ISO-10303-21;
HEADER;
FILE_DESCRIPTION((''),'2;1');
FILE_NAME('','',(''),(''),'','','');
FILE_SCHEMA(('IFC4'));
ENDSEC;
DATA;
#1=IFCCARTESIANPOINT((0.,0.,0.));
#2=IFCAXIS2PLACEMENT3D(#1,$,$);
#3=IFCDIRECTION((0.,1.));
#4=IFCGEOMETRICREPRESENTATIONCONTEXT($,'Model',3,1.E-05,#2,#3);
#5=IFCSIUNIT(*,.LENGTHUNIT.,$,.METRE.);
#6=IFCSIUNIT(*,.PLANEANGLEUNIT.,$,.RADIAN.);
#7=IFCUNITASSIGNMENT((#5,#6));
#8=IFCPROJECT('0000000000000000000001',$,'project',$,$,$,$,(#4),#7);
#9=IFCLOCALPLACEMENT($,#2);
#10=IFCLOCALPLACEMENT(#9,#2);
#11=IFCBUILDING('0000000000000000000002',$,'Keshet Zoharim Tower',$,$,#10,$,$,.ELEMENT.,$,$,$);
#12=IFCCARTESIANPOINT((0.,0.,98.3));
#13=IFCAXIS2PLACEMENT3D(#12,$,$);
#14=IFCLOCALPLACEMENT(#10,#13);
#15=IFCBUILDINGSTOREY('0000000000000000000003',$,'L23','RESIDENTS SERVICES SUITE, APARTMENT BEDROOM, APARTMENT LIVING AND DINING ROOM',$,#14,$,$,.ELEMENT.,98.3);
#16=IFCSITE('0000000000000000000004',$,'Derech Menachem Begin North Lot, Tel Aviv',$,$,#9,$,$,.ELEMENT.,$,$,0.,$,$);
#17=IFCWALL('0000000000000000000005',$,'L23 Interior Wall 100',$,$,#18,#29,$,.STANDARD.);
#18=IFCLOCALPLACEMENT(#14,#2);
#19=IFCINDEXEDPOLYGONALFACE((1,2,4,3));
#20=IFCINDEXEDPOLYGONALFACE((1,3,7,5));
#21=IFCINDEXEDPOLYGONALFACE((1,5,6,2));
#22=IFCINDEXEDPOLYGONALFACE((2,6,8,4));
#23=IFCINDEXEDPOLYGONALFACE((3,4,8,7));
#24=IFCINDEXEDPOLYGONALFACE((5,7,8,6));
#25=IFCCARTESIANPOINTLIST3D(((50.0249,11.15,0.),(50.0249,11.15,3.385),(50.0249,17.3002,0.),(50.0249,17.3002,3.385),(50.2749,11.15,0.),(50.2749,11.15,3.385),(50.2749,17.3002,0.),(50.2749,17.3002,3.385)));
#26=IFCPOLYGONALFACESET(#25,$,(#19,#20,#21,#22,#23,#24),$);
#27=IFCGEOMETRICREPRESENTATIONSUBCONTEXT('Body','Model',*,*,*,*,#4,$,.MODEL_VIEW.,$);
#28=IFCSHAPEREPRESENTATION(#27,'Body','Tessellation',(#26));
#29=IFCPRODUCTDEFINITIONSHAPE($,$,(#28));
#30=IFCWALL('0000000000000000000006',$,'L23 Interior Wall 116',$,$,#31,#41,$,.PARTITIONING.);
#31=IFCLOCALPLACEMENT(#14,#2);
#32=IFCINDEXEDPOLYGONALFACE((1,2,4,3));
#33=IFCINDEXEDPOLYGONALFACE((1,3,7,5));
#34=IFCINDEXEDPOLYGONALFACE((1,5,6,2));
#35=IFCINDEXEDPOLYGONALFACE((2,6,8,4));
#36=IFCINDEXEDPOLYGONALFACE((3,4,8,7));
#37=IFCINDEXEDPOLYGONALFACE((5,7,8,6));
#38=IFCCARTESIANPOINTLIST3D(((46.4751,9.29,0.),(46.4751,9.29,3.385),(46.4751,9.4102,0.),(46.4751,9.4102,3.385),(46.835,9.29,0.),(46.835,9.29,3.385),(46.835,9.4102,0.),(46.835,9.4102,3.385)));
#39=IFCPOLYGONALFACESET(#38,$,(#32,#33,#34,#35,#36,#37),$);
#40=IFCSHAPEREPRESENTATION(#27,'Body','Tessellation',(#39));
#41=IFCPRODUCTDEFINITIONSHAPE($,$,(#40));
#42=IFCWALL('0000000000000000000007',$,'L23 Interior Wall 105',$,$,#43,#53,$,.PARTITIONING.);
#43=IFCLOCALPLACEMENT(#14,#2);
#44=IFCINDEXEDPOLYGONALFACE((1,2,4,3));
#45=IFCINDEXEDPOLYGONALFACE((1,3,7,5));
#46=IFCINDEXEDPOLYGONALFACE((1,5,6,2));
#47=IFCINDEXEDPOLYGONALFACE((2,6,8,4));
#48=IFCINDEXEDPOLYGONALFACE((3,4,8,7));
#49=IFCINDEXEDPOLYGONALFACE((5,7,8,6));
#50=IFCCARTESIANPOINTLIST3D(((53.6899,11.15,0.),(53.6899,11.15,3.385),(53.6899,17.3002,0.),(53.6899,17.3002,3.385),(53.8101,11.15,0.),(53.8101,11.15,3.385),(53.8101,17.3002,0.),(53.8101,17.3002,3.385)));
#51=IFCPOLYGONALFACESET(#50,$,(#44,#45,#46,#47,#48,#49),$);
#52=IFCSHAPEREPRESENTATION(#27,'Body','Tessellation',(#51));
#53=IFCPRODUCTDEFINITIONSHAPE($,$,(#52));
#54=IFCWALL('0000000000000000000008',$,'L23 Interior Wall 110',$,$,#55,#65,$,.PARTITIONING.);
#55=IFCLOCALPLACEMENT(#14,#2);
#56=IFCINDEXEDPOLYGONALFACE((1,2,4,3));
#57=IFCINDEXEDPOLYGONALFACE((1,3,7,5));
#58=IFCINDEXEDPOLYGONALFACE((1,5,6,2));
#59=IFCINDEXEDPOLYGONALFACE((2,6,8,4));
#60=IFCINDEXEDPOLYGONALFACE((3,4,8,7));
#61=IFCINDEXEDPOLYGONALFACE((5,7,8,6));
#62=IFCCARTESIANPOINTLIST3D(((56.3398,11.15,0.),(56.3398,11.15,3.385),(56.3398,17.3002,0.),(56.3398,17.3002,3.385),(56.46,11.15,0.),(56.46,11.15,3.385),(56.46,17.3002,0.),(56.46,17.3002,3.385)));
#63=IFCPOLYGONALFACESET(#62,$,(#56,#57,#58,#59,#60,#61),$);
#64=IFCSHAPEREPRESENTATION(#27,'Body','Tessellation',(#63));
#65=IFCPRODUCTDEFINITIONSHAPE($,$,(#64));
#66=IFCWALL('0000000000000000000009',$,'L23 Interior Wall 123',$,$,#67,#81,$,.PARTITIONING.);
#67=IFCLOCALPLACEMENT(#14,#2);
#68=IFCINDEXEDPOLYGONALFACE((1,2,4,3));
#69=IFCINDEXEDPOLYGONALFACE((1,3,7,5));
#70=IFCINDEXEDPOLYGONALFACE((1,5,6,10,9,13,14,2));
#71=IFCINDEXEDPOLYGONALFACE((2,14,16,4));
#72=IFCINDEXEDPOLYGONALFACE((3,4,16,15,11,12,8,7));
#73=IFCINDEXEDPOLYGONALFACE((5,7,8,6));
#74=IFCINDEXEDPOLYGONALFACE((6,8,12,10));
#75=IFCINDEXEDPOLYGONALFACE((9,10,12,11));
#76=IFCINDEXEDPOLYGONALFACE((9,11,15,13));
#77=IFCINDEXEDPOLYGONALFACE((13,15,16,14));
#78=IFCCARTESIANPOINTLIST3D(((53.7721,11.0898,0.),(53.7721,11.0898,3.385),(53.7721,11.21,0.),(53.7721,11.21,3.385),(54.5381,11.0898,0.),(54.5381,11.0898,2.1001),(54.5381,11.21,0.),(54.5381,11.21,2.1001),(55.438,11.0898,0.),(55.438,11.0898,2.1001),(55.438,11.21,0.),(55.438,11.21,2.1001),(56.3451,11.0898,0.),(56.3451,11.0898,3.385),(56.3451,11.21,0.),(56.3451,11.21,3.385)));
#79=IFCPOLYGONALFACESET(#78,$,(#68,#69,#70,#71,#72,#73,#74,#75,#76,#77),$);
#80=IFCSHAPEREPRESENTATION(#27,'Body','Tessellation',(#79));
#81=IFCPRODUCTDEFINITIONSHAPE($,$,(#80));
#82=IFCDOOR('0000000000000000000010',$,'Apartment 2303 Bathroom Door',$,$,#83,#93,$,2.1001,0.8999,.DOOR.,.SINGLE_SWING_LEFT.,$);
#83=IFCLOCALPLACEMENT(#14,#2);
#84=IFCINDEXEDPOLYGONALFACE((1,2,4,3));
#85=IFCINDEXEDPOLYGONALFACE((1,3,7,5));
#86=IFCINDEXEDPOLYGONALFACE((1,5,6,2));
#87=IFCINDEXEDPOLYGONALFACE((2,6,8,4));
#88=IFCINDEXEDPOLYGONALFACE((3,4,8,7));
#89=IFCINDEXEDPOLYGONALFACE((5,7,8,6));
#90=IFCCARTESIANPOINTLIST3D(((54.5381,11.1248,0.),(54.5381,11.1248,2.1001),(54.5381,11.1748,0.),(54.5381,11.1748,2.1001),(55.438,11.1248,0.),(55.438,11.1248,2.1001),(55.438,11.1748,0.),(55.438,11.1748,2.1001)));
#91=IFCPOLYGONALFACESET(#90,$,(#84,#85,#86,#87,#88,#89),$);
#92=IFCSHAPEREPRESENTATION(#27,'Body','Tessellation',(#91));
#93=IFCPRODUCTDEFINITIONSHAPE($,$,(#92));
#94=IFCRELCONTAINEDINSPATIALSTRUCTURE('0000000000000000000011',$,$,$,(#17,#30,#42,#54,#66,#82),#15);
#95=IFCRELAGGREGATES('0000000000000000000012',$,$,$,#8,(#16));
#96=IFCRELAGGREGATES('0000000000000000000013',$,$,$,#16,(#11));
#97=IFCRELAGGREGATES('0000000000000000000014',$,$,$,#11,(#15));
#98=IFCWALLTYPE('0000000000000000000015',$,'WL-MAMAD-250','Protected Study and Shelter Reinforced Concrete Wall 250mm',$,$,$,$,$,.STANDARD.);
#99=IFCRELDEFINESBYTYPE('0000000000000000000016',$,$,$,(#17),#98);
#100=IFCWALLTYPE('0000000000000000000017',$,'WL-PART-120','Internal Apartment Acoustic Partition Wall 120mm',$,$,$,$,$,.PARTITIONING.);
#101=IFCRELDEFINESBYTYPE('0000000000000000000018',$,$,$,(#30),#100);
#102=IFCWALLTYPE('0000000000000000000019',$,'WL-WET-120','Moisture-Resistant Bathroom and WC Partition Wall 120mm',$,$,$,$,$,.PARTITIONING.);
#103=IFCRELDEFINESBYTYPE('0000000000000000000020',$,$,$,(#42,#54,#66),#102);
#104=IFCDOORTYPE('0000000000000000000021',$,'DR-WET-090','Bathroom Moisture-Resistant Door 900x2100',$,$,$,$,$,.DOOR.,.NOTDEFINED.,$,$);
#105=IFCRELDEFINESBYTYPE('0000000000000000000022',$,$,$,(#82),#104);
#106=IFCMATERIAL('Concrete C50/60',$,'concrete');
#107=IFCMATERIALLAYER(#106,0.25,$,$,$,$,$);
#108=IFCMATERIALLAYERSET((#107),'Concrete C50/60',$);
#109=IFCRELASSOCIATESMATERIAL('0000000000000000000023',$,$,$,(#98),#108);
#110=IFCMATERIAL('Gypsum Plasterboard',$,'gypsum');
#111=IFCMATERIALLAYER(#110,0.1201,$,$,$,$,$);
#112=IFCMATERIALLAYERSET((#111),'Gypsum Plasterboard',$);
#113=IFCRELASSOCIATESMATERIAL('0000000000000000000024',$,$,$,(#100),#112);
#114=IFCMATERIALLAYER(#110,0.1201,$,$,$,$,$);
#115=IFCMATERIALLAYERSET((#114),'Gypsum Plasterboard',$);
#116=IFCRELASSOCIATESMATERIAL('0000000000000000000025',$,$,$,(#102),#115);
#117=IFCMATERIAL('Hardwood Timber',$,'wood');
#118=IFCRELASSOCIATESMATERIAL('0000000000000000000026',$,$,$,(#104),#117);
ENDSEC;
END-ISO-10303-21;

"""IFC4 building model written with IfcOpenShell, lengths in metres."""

from ifc_helpers import new_model, si_unit, direction, frame, frame_2d, origin, place, context, subcontext, project, spatial, rectangle, extrude, material, layer, layer_set, type_object, element, fill, save


model = new_model("IFC4")

# Units and contexts
model_context = context("Model", 3, precision=1e-05, world=origin(), true_north=direction((0.0, 1.0)))
body_context = subcontext(model_context, "Body", "Model", "MODEL_VIEW")
ifc_project = project(units=[si_unit("LENGTHUNIT", "METRE"), si_unit("PLANEANGLEUNIT", "RADIAN")], contexts=[model_context])

# Site, building, storey
site_placement = place(None, origin())
site = spatial("IfcSite", under=ifc_project, at=site_placement, Name="Derech Menachem Begin North Lot, Tel Aviv", CompositionType="ELEMENT", RefElevation=0.0)
building_placement = place(site_placement, origin())
building = spatial("IfcBuilding", under=site, at=building_placement, Name="Keshet Zoharim Tower", CompositionType="ELEMENT")
storey_placement = place(building_placement, frame((0.0, 0.0, 98.3)))
storey = spatial("IfcBuildingStorey", under=building, at=storey_placement, Name="L23", Description="RESIDENTS SERVICES SUITE, APARTMENT BEDROOM, APARTMENT LIVING AND DINING ROOM", CompositionType="ELEMENT", Elevation=98.3)

# Wall
ifc_material_1 = material(Name="Concrete C50/60", Category="concrete")
ifc_layer_1 = layer(ifc_material_1, 0.25)
ifc_layer_set_1 = layer_set([ifc_layer_1], Name="Concrete C50/60")
wall_type_1 = type_object("IfcWallType", Name="WL-MAMAD-250", Description="Protected Study and Shelter Reinforced Concrete Wall 250mm", PredefinedType="STANDARD", material=ifc_layer_set_1)
for number, where, z_axis, x_axis, name in (
    (1, (50.1499, 11.1499, 0.0), (0.0, 0.0, 1.0), (0.0, 1.0, 0.0), "L23 Interior Wall 100"),
):
    element("IfcWall", number, at=place(storey_placement, frame(where, z_axis=z_axis, x_axis=x_axis)), inside=storey, type_object=wall_type_1, Name=name, PredefinedType="STANDARD", context=body_context, shape_type="SweptSolid", body=[
        extrude(rectangle(XDim=6.1501, YDim=0.25, at=frame_2d((3.0752, 0.0))), origin(), (0.0, 0.0, 1.0), 3.385),
    ])

# Shared definitions
ifc_material_2 = material(Name="Hardwood Timber", Category="wood")

# Wall
ifc_material_3 = material(Name="Gypsum Plasterboard", Category="gypsum")
ifc_layer_2 = layer(ifc_material_3, 0.1201)
ifc_layer_set_2 = layer_set([ifc_layer_2], Name="Gypsum Plasterboard")
wall_type_2 = type_object("IfcWallType", Name="WL-PART-120", Description="Internal Apartment Acoustic Partition Wall 120mm", PredefinedType="PARTITIONING", material=ifc_layer_set_2)
wall_1_placement = place(storey_placement, frame((46.4751, 9.3501, 0.0), z_axis=(0.0, 0.0, 1.0), x_axis=(1.0, 0.0, 0.0)))
element("IfcWall", 2, at=wall_1_placement, inside=storey, type_object=wall_type_2, Name="L23 Interior Wall 116", PredefinedType="PARTITIONING", context=body_context, shape_type="SweptSolid", body=[
    extrude(rectangle(XDim=0.3599, YDim=0.1201, at=frame_2d((0.1799, 0.0))), origin(), (0.0, 0.0, 1.0), 3.385),
])

# Walls
ifc_layer_3 = layer(ifc_material_3, 0.1201)
ifc_layer_set_3 = layer_set([ifc_layer_3], Name="Gypsum Plasterboard")
wall_type_3 = type_object("IfcWallType", Name="WL-WET-120", Description="Moisture-Resistant Bathroom and WC Partition Wall 120mm", PredefinedType="PARTITIONING", material=ifc_layer_set_3)
for number, where, z_axis, x_axis, name in (
    (3, (53.75, 11.1499, 0.0), (0.0, 0.0, 1.0), (0.0, 1.0, 0.0), "L23 Interior Wall 105"),
    (4, (56.3999, 11.1499, 0.0), (0.0, 0.0, 1.0), (0.0, 1.0, 0.0), "L23 Interior Wall 110"),
):
    element("IfcWall", number, at=place(storey_placement, frame(where, z_axis=z_axis, x_axis=x_axis)), inside=storey, type_object=wall_type_3, Name=name, PredefinedType="PARTITIONING", context=body_context, shape_type="SweptSolid", body=[
        extrude(rectangle(XDim=6.1501, YDim=0.1201, at=frame_2d((3.0752, 0.0))), origin(), (0.0, 0.0, 1.0), 3.385),
    ])

# Wall, opening, door
wall_2_placement = place(storey_placement, frame((53.772, 11.1499, 0.0), z_axis=(0.0, 0.0, 1.0), x_axis=(1.0, 0.0, 0.0)))
wall_2 = element("IfcWall", 5, at=wall_2_placement, inside=storey, type_object=wall_type_3, Name="L23 Interior Wall 123", PredefinedType="PARTITIONING", context=body_context, shape_type="SweptSolid", body=[
    extrude(rectangle(XDim=2.573, YDim=0.1201, at=frame_2d((1.2866, 0.0))), origin(), (0.0, 0.0, 1.0), 3.385),
])
opening_1_placement = place(wall_2_placement, frame((0.7661, 0.0, 0.0)))
opening_1 = element("IfcOpeningElement", 6, at=opening_1_placement, cuts=wall_2, PredefinedType="OPENING", context=body_context, shape_type="SweptSolid", body=[
    extrude(rectangle(XDim=0.8999, YDim=2.1001, at=frame_2d((0.45, 1.05))), frame((0.0, 0.0701, 0.0), z_axis=(0.0, -1.0, 0.0), x_axis=(1.0, 0.0, 0.0)), (0.0, 0.0, 1.0), 0.1401),
])
door_type_1 = type_object("IfcDoorType", Name="DR-WET-090", Description="Bathroom Moisture-Resistant Door 900x2100", OperationType="NOTDEFINED", PredefinedType="DOOR", material=ifc_material_2)
door_1_placement = place(opening_1_placement, origin())
door_1 = element("IfcDoor", 7, at=door_1_placement, inside=storey, type_object=door_type_1, Name="Apartment 2303 Bathroom Door", OperationType="SINGLE_SWING_LEFT", OverallHeight=2.1001, OverallWidth=0.8999, PredefinedType="DOOR", context=body_context, shape_type="SweptSolid", body=[
    extrude(rectangle(XDim=0.8999, YDim=2.1001, at=frame_2d((0.45, 1.05))), frame((0.0, 0.0249, 0.0), z_axis=(0.0, -1.0, 0.0), x_axis=(1.0, 0.0, 0.0)), (0.0, 0.0, 1.0), 0.05),
])
fill(opening_1, door_1)

save(model, "model.ifc")
